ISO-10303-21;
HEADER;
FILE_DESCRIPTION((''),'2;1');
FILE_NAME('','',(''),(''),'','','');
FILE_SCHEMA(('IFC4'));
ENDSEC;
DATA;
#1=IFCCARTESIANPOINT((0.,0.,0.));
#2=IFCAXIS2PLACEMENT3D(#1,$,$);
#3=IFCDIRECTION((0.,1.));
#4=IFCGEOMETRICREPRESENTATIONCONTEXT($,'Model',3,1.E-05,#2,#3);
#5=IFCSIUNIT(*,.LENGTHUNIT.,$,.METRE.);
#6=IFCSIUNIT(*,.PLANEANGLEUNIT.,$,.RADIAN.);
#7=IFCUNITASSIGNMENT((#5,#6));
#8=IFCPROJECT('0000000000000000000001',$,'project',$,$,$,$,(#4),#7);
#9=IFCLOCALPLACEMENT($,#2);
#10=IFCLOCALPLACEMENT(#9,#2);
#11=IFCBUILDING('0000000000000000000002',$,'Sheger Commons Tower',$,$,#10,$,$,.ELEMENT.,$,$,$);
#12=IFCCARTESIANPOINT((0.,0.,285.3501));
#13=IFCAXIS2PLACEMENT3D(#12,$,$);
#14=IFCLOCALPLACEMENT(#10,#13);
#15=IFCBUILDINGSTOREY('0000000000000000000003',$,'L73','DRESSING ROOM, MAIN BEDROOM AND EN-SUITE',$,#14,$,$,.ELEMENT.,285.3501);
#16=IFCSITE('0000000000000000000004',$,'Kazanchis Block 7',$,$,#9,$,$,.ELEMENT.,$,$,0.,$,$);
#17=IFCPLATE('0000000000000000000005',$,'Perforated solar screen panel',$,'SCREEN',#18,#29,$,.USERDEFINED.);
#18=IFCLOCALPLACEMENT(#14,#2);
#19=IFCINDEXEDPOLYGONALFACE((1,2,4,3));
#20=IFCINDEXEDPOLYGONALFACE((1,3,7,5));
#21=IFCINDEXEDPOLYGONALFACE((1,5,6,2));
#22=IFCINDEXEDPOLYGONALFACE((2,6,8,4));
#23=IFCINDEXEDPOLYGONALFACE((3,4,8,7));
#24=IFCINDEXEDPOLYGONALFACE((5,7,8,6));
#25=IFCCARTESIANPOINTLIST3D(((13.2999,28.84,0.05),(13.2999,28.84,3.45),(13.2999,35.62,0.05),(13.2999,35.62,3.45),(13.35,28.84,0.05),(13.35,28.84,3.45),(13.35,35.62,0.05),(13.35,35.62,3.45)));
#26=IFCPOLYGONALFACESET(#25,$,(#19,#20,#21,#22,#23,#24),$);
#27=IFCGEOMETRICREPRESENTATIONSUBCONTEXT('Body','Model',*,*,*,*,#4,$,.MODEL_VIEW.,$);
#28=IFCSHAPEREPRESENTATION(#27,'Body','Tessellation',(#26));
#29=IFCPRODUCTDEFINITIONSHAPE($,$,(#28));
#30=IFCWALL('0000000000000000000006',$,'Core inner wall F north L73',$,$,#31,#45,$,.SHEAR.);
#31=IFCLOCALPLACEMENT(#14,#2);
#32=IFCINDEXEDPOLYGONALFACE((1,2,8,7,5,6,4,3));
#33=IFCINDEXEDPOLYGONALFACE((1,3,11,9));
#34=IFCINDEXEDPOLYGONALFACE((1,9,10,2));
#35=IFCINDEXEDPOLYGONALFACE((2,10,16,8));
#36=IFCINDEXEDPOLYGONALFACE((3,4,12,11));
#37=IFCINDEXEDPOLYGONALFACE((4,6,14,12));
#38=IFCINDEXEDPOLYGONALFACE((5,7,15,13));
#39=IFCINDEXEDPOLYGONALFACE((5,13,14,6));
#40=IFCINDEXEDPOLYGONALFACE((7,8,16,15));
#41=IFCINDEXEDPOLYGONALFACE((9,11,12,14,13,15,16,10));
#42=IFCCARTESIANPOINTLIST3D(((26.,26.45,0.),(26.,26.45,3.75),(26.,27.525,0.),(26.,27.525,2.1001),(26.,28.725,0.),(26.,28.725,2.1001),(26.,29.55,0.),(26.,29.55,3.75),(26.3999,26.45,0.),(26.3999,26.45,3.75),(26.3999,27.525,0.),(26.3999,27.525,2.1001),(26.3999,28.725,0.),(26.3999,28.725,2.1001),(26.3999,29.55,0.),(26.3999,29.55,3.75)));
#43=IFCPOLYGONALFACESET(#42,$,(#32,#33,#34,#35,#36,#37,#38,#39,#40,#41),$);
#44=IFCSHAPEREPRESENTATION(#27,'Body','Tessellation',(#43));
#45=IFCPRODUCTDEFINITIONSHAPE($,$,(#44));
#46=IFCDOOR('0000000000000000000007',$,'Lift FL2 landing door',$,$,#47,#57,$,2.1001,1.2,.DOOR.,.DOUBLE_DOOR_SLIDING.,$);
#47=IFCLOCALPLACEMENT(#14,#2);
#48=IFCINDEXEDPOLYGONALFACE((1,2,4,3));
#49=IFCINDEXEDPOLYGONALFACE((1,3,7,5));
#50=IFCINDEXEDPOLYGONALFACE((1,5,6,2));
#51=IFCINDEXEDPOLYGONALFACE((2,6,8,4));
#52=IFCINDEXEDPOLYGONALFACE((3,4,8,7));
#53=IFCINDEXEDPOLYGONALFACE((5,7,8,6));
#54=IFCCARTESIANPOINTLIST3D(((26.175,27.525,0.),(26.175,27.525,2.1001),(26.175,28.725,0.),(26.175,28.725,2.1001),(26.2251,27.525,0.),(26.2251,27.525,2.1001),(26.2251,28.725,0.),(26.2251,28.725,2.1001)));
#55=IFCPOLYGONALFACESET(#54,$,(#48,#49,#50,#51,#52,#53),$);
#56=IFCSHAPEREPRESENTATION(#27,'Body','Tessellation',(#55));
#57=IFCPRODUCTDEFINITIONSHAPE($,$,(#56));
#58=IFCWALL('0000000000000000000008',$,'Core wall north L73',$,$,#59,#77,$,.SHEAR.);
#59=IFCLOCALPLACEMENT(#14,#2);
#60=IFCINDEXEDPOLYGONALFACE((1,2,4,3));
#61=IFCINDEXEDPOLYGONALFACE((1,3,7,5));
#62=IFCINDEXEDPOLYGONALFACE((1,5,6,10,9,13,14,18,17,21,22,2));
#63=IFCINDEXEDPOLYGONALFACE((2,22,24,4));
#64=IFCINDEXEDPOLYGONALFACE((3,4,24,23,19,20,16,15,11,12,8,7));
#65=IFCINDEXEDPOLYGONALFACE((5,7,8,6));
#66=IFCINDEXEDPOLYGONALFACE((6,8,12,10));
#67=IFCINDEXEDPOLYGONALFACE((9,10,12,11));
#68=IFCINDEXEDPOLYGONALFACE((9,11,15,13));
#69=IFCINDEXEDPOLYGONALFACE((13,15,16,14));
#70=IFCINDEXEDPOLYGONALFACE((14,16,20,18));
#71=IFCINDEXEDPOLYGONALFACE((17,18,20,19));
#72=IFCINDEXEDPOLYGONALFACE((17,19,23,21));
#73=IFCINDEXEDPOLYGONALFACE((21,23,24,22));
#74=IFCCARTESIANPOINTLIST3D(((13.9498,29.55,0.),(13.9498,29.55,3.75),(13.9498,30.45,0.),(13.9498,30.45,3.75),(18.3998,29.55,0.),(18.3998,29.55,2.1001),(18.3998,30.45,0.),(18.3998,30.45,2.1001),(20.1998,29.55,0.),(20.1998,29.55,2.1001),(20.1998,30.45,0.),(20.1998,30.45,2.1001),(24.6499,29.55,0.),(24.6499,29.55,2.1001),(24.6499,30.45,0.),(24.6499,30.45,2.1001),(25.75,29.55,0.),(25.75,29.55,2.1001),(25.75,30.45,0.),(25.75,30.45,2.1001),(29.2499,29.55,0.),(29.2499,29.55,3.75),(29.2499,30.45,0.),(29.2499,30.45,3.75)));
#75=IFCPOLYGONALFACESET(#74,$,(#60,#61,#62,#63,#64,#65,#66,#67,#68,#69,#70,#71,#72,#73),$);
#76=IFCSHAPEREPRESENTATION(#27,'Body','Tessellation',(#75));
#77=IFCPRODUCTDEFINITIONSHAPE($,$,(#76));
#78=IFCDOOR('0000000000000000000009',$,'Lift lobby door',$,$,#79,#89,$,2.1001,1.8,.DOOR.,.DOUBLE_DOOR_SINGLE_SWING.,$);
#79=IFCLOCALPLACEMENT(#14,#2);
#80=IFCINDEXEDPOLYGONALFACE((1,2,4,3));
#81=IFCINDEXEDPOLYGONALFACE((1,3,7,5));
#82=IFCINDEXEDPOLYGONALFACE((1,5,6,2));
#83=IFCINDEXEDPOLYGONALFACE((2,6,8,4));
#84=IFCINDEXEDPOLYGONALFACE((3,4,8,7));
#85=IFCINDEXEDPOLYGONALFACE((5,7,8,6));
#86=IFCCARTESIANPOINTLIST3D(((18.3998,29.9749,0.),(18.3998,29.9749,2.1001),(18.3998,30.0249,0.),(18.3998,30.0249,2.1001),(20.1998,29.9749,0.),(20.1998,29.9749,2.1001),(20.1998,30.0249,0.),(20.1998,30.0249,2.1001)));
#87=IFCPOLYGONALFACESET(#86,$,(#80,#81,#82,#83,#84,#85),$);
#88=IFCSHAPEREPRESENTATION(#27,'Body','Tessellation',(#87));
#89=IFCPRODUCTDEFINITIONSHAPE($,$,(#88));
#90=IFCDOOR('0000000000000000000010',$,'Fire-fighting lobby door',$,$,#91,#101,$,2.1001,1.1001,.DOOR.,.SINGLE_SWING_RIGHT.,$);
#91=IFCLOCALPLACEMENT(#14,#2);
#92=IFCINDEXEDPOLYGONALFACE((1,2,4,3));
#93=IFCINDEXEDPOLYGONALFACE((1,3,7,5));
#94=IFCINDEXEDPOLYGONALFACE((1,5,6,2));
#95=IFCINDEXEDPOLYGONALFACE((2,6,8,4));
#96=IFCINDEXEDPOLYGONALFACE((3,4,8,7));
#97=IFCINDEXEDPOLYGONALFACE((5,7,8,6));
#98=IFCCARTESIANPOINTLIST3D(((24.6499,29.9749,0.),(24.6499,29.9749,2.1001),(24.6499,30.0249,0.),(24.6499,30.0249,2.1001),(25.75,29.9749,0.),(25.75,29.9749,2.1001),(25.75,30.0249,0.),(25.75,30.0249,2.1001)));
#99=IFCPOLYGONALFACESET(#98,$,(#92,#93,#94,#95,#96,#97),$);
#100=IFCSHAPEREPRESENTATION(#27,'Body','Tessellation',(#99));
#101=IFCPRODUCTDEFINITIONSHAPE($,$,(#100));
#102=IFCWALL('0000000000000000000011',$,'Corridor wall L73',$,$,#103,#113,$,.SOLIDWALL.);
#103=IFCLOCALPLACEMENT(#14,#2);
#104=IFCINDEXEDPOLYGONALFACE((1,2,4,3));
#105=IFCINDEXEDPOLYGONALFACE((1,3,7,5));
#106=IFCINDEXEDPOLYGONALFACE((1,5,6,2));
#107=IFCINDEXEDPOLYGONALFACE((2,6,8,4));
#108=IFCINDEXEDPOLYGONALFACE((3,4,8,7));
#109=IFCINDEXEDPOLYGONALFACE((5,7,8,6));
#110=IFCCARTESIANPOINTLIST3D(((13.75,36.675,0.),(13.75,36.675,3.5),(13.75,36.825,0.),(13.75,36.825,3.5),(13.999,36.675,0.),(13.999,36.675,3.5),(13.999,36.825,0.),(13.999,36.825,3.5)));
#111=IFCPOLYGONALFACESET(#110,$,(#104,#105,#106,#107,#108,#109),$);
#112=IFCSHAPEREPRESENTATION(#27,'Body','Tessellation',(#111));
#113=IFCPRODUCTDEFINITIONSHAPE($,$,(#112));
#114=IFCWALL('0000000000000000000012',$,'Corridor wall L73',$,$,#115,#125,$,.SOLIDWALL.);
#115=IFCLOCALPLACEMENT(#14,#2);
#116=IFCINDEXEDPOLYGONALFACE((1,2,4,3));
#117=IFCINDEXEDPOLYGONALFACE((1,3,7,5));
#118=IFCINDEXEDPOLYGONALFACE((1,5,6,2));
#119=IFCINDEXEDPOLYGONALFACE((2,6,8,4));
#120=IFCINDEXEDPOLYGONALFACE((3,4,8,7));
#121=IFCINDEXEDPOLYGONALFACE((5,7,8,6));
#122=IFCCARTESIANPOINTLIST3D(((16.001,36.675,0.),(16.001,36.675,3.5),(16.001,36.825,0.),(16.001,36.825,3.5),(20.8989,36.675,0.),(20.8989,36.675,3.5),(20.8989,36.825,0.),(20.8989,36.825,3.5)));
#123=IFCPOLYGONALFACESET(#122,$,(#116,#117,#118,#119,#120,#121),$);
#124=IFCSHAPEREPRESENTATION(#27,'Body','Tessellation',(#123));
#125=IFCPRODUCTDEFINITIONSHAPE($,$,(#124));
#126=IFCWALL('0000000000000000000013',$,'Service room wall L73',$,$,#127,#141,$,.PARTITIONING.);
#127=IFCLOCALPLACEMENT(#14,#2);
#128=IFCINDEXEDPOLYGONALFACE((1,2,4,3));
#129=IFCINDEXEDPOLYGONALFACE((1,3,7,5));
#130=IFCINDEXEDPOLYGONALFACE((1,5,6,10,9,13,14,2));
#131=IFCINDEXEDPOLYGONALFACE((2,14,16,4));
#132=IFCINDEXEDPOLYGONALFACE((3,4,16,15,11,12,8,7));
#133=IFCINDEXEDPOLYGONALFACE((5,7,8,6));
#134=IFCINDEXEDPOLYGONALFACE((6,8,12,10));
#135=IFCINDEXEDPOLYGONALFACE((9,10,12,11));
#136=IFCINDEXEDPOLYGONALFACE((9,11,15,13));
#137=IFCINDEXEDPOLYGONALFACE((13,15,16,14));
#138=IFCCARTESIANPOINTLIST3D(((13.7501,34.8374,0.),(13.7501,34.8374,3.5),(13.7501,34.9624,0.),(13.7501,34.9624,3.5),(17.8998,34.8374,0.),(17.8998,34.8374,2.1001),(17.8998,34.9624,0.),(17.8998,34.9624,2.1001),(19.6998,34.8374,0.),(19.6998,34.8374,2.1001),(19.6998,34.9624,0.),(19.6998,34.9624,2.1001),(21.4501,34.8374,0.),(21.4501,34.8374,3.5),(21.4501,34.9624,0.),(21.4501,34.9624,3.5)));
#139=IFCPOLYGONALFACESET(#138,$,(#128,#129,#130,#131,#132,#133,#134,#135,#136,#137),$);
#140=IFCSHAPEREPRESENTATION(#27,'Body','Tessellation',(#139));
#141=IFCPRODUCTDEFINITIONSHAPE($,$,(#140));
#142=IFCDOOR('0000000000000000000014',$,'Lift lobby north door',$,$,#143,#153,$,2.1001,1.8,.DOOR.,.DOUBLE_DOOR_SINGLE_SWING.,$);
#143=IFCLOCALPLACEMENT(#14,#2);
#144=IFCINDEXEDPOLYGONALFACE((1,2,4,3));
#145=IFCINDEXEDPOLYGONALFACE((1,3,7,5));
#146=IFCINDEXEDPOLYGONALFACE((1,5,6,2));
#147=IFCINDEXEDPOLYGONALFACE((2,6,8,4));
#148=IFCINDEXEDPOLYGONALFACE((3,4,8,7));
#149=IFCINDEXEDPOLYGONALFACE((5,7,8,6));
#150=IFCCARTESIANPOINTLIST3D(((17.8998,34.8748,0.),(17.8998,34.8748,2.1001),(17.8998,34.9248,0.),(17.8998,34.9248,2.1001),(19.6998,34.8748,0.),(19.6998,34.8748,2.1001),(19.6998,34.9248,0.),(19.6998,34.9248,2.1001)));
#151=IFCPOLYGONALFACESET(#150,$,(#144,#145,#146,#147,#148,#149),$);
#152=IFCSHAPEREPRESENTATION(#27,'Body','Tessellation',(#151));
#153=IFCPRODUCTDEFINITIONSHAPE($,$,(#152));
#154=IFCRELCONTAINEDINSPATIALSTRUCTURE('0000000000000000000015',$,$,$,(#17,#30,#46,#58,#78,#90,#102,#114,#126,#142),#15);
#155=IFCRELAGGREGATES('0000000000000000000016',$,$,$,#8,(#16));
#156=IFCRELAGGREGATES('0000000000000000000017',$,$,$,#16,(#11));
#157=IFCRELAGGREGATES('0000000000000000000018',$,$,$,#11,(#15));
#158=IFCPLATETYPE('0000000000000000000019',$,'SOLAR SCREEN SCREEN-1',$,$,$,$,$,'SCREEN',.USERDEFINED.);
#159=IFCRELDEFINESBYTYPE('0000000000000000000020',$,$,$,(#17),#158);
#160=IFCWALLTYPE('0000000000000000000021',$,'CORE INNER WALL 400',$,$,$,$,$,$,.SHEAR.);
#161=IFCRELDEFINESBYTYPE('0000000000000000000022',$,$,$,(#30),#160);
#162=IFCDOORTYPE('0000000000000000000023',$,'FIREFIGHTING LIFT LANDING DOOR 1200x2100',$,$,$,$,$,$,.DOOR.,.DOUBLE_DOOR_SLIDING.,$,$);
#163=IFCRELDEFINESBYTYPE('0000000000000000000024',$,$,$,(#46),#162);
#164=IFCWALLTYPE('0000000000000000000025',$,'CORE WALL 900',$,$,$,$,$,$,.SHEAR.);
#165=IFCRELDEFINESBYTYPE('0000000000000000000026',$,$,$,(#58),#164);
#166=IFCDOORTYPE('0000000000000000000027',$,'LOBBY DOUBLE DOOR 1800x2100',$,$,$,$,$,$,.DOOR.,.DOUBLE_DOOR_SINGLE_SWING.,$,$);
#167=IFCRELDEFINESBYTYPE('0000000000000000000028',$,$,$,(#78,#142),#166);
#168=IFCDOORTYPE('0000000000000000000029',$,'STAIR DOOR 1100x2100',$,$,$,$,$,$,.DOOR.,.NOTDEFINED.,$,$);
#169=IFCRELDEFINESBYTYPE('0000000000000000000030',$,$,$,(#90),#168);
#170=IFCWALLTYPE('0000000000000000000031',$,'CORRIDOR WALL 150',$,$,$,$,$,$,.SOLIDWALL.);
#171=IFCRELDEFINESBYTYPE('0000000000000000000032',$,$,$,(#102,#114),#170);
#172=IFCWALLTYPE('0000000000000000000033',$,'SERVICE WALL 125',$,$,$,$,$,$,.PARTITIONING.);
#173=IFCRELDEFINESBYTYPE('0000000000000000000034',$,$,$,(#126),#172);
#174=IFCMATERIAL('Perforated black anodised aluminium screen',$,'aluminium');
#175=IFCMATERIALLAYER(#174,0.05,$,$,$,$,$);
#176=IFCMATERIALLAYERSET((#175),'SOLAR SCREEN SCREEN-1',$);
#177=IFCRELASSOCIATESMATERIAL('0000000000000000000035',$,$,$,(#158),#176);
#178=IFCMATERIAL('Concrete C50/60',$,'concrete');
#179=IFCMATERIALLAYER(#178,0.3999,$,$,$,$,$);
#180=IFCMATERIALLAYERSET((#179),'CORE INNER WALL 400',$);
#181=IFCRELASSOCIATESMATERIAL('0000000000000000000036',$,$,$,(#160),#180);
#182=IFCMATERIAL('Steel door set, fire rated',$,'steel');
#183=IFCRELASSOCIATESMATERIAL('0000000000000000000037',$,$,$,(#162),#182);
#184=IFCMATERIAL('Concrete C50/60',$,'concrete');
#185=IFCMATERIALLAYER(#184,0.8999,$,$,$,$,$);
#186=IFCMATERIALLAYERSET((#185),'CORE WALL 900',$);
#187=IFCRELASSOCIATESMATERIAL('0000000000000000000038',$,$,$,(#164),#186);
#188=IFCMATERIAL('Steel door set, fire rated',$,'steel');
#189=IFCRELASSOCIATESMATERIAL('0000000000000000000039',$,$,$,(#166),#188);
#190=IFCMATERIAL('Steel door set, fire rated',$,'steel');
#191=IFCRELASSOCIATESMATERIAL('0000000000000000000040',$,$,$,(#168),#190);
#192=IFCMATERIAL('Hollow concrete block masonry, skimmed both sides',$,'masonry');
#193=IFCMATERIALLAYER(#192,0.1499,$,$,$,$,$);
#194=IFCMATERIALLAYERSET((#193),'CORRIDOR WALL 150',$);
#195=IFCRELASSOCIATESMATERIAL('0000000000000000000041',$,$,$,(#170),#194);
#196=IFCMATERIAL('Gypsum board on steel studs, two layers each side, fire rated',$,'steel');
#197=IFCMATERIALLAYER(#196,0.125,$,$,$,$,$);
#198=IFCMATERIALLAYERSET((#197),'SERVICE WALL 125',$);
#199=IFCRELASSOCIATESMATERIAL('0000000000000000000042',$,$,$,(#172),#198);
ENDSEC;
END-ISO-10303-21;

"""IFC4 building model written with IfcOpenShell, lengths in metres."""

from ifc_helpers import new_model, si_unit, direction, frame, frame_2d, origin, origin_2d, place, context, subcontext, project, spatial, rectangle, extrude, material, layer, layer_set, type_object, element, fill, save


model = new_model("IFC4")

# Units and contexts
model_context = context("Model", 3, precision=1e-05, world=origin(), true_north=direction((0.0, 1.0)))
body_context = subcontext(model_context, "Body", "Model", "MODEL_VIEW")
ifc_project = project(units=[si_unit("LENGTHUNIT", "METRE"), si_unit("PLANEANGLEUNIT", "RADIAN")], contexts=[model_context])

# Site, building, storey
site_placement = place(None, origin())
site = spatial("IfcSite", under=ifc_project, at=site_placement, Name="Kazanchis Block 7", CompositionType="ELEMENT", RefElevation=0.0)
building_placement = place(site_placement, origin())
building = spatial("IfcBuilding", under=site, at=building_placement, Name="Sheger Commons Tower", CompositionType="ELEMENT")
storey_placement = place(building_placement, frame((0.0, 0.0, 285.3501)))
storey = spatial("IfcBuildingStorey", under=building, at=storey_placement, Name="L73", Description="DRESSING ROOM, MAIN BEDROOM AND EN-SUITE", CompositionType="ELEMENT", Elevation=285.3501)

# Plate
ifc_material_1 = material(Name="Perforated black anodised aluminium screen", Category="aluminium")
ifc_layer_1 = layer(ifc_material_1, 0.05)
ifc_layer_set_1 = layer_set([ifc_layer_1], Name="SOLAR SCREEN SCREEN-1")
plate_type = type_object("IfcPlateType", Name="SOLAR SCREEN SCREEN-1", ElementType="SCREEN", PredefinedType="USERDEFINED", material=ifc_layer_set_1)
plate_placement = place(storey_placement, frame((13.325, 32.23, 0.05), z_axis=(0.0, 0.0, 1.0), x_axis=(0.0, -1.0, 0.0)))
element("IfcPlate", 1, at=plate_placement, inside=storey, type_object=plate_type, Name="Perforated solar screen panel", ObjectType="SCREEN", PredefinedType="USERDEFINED", context=body_context, shape_type="SweptSolid", body=[
    extrude(rectangle(XDim=6.78, YDim=0.05, at=origin_2d()), origin(), (0.0, 0.0, 1.0), 3.3999),
])

# Wall, opening, door
ifc_material_2 = material(Name="Concrete C50/60", Category="concrete")
ifc_layer_2 = layer(ifc_material_2, 0.3999)
ifc_layer_set_2 = layer_set([ifc_layer_2], Name="CORE INNER WALL 400")
wall_type_1 = type_object("IfcWallType", Name="CORE INNER WALL 400", PredefinedType="SHEAR", material=ifc_layer_set_2)
wall_1_placement = place(storey_placement, frame((26.2, 26.45, 0.0), z_axis=(0.0, 0.0, 1.0), x_axis=(0.0, 1.0, 0.0)))
wall_1 = element("IfcWall", 2, at=wall_1_placement, inside=storey, type_object=wall_type_1, Name="Core inner wall F north L73", PredefinedType="SHEAR", context=body_context, shape_type="SweptSolid", body=[
    extrude(rectangle(XDim=3.1001, YDim=0.3999, at=frame_2d((1.55, 0.0))), origin(), (0.0, 0.0, 1.0), 3.75),
])
opening_1_placement = place(wall_1_placement, frame((1.075, 0.0, 0.0)))
opening_1 = element("IfcOpeningElement", 3, at=opening_1_placement, cuts=wall_1, PredefinedType="OPENING", context=body_context, shape_type="SweptSolid", body=[
    extrude(rectangle(XDim=1.2, YDim=2.1001, at=frame_2d((0.6001, 1.05))), frame((0.0, 0.21, 0.0), z_axis=(0.0, -1.0, 0.0), x_axis=(1.0, 0.0, 0.0)), (0.0, 0.0, 1.0), 0.4199),
])
ifc_material_3 = material(Name="Steel door set, fire rated", Category="steel")
door_type_1 = type_object("IfcDoorType", Name="FIREFIGHTING LIFT LANDING DOOR 1200x2100", OperationType="DOUBLE_DOOR_SLIDING", PredefinedType="DOOR", material=ifc_material_3)
door_1_placement = place(opening_1_placement, origin())
door_1 = element("IfcDoor", 4, at=door_1_placement, inside=storey, type_object=door_type_1, Name="Lift FL2 landing door", OperationType="DOUBLE_DOOR_SLIDING", OverallHeight=2.1001, OverallWidth=1.2, PredefinedType="DOOR", context=body_context, shape_type="SweptSolid", body=[
    extrude(rectangle(XDim=1.2, YDim=2.1001, at=frame_2d((0.6001, 1.05))), frame((0.0, 0.0249, 0.0), z_axis=(0.0, -1.0, 0.0), x_axis=(1.0, 0.0, 0.0)), (0.0, 0.0, 1.0), 0.05),
])
fill(opening_1, door_1)

# Wall, openings, doors
ifc_material_4 = material(Name="Concrete C50/60", Category="concrete")
ifc_layer_3 = layer(ifc_material_4, 0.8999)
ifc_layer_set_3 = layer_set([ifc_layer_3], Name="CORE WALL 900")
wall_type_2 = type_object("IfcWallType", Name="CORE WALL 900", PredefinedType="SHEAR", material=ifc_layer_set_3)
wall_2_placement = place(storey_placement, frame((13.95, 30.0, 0.0), z_axis=(0.0, 0.0, 1.0), x_axis=(1.0, 0.0, 0.0)))
wall_2 = element("IfcWall", 5, at=wall_2_placement, inside=storey, type_object=wall_type_2, Name="Core wall north L73", PredefinedType="SHEAR", context=body_context, shape_type="SweptSolid", body=[
    extrude(rectangle(XDim=15.3, YDim=0.8999, at=frame_2d((7.6499, 0.0))), origin(), (0.0, 0.0, 1.0), 3.75),
])
opening_2_placement = place(wall_2_placement, frame((4.45, 0.0, 0.0)))
opening_2 = element("IfcOpeningElement", 6, at=opening_2_placement, cuts=wall_2, PredefinedType="OPENING", context=body_context, shape_type="SweptSolid", body=[
    extrude(rectangle(XDim=1.8, YDim=2.1001, at=frame_2d((0.8999, 1.05))), frame((0.0, 0.46, 0.0), z_axis=(0.0, -1.0, 0.0), x_axis=(1.0, 0.0, 0.0)), (0.0, 0.0, 1.0), 0.9199),
])
opening_3_placement = place(wall_2_placement, frame((10.7, 0.0, 0.0)))
opening_3 = element("IfcOpeningElement", 7, at=opening_3_placement, cuts=wall_2, PredefinedType="OPENING", context=body_context, shape_type="SweptSolid", body=[
    extrude(rectangle(XDim=1.1001, YDim=2.1001, at=frame_2d((0.55, 1.05))), frame((0.0, 0.46, 0.0), z_axis=(0.0, -1.0, 0.0), x_axis=(1.0, 0.0, 0.0)), (0.0, 0.0, 1.0), 0.9199),
])
ifc_material_5 = material(Name="Steel door set, fire rated", Category="steel")
door_type_2 = type_object("IfcDoorType", Name="LOBBY DOUBLE DOOR 1800x2100", OperationType="DOUBLE_DOOR_SINGLE_SWING", PredefinedType="DOOR", material=ifc_material_5)
door_2_placement = place(opening_2_placement, origin())
door_2 = element("IfcDoor", 8, at=door_2_placement, inside=storey, type_object=door_type_2, Name="Lift lobby door", OperationType="DOUBLE_DOOR_SINGLE_SWING", OverallHeight=2.1001, OverallWidth=1.8, PredefinedType="DOOR", context=body_context, shape_type="SweptSolid", body=[
    extrude(rectangle(XDim=1.8, YDim=2.1001, at=frame_2d((0.8999, 1.05))), frame((0.0, 0.0249, 0.0), z_axis=(0.0, -1.0, 0.0), x_axis=(1.0, 0.0, 0.0)), (0.0, 0.0, 1.0), 0.05),
])
fill(opening_2, door_2)
ifc_material_6 = material(Name="Steel door set, fire rated", Category="steel")
door_type_3 = type_object("IfcDoorType", Name="STAIR DOOR 1100x2100", OperationType="NOTDEFINED", PredefinedType="DOOR", material=ifc_material_6)
door_3_placement = place(opening_3_placement, origin())
door_3 = element("IfcDoor", 9, at=door_3_placement, inside=storey, type_object=door_type_3, Name="Fire-fighting lobby door", OperationType="SINGLE_SWING_RIGHT", OverallHeight=2.1001, OverallWidth=1.1001, PredefinedType="DOOR", context=body_context, shape_type="SweptSolid", body=[
    extrude(rectangle(XDim=1.1001, YDim=2.1001, at=frame_2d((0.55, 1.05))), frame((0.0, 0.0249, 0.0), z_axis=(0.0, -1.0, 0.0), x_axis=(1.0, 0.0, 0.0)), (0.0, 0.0, 1.0), 0.05),
])
fill(opening_3, door_3)

# Walls
ifc_material_7 = material(Name="Hollow concrete block masonry, skimmed both sides", Category="masonry")
ifc_layer_4 = layer(ifc_material_7, 0.1499)
ifc_layer_set_4 = layer_set([ifc_layer_4], Name="CORRIDOR WALL 150")
wall_type_3 = type_object("IfcWallType", Name="CORRIDOR WALL 150", PredefinedType="SOLIDWALL", material=ifc_layer_set_4)
wall_3_placement = place(storey_placement, frame((13.75, 36.75, 0.0), z_axis=(0.0, 0.0, 1.0), x_axis=(1.0, 0.0, 0.0)))
element("IfcWall", 10, at=wall_3_placement, inside=storey, type_object=wall_type_3, Name="Corridor wall L73", PredefinedType="SOLIDWALL", context=body_context, shape_type="SweptSolid", body=[
    extrude(rectangle(XDim=0.249, YDim=0.1499, at=frame_2d((0.1245, 0.0))), origin(), (0.0, 0.0, 1.0), 3.5),
])
wall_4_placement = place(storey_placement, frame((16.001, 36.75, 0.0), z_axis=(0.0, 0.0, 1.0), x_axis=(1.0, 0.0, 0.0)))
element("IfcWall", 11, at=wall_4_placement, inside=storey, type_object=wall_type_3, Name="Corridor wall L73", PredefinedType="SOLIDWALL", context=body_context, shape_type="SweptSolid", body=[
    extrude(rectangle(XDim=4.8979, YDim=0.1499, at=frame_2d((2.449, 0.0))), origin(), (0.0, 0.0, 1.0), 3.5),
])

# Wall, opening, door
ifc_material_8 = material(Name="Gypsum board on steel studs, two layers each side, fire rated", Category="steel")
ifc_layer_5 = layer(ifc_material_8, 0.125)
ifc_layer_set_5 = layer_set([ifc_layer_5], Name="SERVICE WALL 125")
wall_type_4 = type_object("IfcWallType", Name="SERVICE WALL 125", PredefinedType="PARTITIONING", material=ifc_layer_set_5)
wall_5_placement = place(storey_placement, frame((13.75, 34.8999, 0.0), z_axis=(0.0, 0.0, 1.0), x_axis=(1.0, 0.0, 0.0)))
wall_5 = element("IfcWall", 12, at=wall_5_placement, inside=storey, type_object=wall_type_4, Name="Service room wall L73", PredefinedType="PARTITIONING", context=body_context, shape_type="SweptSolid", body=[
    extrude(rectangle(XDim=7.7, YDim=0.125, at=frame_2d((3.8501, 0.0))), origin(), (0.0, 0.0, 1.0), 3.5),
])
opening_4_placement = place(wall_5_placement, frame((4.1499, 0.0, 0.0)))
opening_4 = element("IfcOpeningElement", 13, at=opening_4_placement, cuts=wall_5, PredefinedType="OPENING", context=body_context, shape_type="SweptSolid", body=[
    extrude(rectangle(XDim=1.8, YDim=2.1001, at=frame_2d((0.8999, 1.05))), frame((0.0, 0.0725, 0.0), z_axis=(0.0, -1.0, 0.0), x_axis=(1.0, 0.0, 0.0)), (0.0, 0.0, 1.0), 0.145),
])
door_4_placement = place(opening_4_placement, origin())
door_4 = element("IfcDoor", 14, at=door_4_placement, inside=storey, type_object=door_type_2, Name="Lift lobby north door", OperationType="DOUBLE_DOOR_SINGLE_SWING", OverallHeight=2.1001, OverallWidth=1.8, PredefinedType="DOOR", context=body_context, shape_type="SweptSolid", body=[
    extrude(rectangle(XDim=1.8, YDim=2.1001, at=frame_2d((0.8999, 1.05))), frame((0.0, 0.0249, 0.0), z_axis=(0.0, -1.0, 0.0), x_axis=(1.0, 0.0, 0.0)), (0.0, 0.0, 1.0), 0.05),
])
fill(opening_4, door_4)

save(model, "model.ifc")
